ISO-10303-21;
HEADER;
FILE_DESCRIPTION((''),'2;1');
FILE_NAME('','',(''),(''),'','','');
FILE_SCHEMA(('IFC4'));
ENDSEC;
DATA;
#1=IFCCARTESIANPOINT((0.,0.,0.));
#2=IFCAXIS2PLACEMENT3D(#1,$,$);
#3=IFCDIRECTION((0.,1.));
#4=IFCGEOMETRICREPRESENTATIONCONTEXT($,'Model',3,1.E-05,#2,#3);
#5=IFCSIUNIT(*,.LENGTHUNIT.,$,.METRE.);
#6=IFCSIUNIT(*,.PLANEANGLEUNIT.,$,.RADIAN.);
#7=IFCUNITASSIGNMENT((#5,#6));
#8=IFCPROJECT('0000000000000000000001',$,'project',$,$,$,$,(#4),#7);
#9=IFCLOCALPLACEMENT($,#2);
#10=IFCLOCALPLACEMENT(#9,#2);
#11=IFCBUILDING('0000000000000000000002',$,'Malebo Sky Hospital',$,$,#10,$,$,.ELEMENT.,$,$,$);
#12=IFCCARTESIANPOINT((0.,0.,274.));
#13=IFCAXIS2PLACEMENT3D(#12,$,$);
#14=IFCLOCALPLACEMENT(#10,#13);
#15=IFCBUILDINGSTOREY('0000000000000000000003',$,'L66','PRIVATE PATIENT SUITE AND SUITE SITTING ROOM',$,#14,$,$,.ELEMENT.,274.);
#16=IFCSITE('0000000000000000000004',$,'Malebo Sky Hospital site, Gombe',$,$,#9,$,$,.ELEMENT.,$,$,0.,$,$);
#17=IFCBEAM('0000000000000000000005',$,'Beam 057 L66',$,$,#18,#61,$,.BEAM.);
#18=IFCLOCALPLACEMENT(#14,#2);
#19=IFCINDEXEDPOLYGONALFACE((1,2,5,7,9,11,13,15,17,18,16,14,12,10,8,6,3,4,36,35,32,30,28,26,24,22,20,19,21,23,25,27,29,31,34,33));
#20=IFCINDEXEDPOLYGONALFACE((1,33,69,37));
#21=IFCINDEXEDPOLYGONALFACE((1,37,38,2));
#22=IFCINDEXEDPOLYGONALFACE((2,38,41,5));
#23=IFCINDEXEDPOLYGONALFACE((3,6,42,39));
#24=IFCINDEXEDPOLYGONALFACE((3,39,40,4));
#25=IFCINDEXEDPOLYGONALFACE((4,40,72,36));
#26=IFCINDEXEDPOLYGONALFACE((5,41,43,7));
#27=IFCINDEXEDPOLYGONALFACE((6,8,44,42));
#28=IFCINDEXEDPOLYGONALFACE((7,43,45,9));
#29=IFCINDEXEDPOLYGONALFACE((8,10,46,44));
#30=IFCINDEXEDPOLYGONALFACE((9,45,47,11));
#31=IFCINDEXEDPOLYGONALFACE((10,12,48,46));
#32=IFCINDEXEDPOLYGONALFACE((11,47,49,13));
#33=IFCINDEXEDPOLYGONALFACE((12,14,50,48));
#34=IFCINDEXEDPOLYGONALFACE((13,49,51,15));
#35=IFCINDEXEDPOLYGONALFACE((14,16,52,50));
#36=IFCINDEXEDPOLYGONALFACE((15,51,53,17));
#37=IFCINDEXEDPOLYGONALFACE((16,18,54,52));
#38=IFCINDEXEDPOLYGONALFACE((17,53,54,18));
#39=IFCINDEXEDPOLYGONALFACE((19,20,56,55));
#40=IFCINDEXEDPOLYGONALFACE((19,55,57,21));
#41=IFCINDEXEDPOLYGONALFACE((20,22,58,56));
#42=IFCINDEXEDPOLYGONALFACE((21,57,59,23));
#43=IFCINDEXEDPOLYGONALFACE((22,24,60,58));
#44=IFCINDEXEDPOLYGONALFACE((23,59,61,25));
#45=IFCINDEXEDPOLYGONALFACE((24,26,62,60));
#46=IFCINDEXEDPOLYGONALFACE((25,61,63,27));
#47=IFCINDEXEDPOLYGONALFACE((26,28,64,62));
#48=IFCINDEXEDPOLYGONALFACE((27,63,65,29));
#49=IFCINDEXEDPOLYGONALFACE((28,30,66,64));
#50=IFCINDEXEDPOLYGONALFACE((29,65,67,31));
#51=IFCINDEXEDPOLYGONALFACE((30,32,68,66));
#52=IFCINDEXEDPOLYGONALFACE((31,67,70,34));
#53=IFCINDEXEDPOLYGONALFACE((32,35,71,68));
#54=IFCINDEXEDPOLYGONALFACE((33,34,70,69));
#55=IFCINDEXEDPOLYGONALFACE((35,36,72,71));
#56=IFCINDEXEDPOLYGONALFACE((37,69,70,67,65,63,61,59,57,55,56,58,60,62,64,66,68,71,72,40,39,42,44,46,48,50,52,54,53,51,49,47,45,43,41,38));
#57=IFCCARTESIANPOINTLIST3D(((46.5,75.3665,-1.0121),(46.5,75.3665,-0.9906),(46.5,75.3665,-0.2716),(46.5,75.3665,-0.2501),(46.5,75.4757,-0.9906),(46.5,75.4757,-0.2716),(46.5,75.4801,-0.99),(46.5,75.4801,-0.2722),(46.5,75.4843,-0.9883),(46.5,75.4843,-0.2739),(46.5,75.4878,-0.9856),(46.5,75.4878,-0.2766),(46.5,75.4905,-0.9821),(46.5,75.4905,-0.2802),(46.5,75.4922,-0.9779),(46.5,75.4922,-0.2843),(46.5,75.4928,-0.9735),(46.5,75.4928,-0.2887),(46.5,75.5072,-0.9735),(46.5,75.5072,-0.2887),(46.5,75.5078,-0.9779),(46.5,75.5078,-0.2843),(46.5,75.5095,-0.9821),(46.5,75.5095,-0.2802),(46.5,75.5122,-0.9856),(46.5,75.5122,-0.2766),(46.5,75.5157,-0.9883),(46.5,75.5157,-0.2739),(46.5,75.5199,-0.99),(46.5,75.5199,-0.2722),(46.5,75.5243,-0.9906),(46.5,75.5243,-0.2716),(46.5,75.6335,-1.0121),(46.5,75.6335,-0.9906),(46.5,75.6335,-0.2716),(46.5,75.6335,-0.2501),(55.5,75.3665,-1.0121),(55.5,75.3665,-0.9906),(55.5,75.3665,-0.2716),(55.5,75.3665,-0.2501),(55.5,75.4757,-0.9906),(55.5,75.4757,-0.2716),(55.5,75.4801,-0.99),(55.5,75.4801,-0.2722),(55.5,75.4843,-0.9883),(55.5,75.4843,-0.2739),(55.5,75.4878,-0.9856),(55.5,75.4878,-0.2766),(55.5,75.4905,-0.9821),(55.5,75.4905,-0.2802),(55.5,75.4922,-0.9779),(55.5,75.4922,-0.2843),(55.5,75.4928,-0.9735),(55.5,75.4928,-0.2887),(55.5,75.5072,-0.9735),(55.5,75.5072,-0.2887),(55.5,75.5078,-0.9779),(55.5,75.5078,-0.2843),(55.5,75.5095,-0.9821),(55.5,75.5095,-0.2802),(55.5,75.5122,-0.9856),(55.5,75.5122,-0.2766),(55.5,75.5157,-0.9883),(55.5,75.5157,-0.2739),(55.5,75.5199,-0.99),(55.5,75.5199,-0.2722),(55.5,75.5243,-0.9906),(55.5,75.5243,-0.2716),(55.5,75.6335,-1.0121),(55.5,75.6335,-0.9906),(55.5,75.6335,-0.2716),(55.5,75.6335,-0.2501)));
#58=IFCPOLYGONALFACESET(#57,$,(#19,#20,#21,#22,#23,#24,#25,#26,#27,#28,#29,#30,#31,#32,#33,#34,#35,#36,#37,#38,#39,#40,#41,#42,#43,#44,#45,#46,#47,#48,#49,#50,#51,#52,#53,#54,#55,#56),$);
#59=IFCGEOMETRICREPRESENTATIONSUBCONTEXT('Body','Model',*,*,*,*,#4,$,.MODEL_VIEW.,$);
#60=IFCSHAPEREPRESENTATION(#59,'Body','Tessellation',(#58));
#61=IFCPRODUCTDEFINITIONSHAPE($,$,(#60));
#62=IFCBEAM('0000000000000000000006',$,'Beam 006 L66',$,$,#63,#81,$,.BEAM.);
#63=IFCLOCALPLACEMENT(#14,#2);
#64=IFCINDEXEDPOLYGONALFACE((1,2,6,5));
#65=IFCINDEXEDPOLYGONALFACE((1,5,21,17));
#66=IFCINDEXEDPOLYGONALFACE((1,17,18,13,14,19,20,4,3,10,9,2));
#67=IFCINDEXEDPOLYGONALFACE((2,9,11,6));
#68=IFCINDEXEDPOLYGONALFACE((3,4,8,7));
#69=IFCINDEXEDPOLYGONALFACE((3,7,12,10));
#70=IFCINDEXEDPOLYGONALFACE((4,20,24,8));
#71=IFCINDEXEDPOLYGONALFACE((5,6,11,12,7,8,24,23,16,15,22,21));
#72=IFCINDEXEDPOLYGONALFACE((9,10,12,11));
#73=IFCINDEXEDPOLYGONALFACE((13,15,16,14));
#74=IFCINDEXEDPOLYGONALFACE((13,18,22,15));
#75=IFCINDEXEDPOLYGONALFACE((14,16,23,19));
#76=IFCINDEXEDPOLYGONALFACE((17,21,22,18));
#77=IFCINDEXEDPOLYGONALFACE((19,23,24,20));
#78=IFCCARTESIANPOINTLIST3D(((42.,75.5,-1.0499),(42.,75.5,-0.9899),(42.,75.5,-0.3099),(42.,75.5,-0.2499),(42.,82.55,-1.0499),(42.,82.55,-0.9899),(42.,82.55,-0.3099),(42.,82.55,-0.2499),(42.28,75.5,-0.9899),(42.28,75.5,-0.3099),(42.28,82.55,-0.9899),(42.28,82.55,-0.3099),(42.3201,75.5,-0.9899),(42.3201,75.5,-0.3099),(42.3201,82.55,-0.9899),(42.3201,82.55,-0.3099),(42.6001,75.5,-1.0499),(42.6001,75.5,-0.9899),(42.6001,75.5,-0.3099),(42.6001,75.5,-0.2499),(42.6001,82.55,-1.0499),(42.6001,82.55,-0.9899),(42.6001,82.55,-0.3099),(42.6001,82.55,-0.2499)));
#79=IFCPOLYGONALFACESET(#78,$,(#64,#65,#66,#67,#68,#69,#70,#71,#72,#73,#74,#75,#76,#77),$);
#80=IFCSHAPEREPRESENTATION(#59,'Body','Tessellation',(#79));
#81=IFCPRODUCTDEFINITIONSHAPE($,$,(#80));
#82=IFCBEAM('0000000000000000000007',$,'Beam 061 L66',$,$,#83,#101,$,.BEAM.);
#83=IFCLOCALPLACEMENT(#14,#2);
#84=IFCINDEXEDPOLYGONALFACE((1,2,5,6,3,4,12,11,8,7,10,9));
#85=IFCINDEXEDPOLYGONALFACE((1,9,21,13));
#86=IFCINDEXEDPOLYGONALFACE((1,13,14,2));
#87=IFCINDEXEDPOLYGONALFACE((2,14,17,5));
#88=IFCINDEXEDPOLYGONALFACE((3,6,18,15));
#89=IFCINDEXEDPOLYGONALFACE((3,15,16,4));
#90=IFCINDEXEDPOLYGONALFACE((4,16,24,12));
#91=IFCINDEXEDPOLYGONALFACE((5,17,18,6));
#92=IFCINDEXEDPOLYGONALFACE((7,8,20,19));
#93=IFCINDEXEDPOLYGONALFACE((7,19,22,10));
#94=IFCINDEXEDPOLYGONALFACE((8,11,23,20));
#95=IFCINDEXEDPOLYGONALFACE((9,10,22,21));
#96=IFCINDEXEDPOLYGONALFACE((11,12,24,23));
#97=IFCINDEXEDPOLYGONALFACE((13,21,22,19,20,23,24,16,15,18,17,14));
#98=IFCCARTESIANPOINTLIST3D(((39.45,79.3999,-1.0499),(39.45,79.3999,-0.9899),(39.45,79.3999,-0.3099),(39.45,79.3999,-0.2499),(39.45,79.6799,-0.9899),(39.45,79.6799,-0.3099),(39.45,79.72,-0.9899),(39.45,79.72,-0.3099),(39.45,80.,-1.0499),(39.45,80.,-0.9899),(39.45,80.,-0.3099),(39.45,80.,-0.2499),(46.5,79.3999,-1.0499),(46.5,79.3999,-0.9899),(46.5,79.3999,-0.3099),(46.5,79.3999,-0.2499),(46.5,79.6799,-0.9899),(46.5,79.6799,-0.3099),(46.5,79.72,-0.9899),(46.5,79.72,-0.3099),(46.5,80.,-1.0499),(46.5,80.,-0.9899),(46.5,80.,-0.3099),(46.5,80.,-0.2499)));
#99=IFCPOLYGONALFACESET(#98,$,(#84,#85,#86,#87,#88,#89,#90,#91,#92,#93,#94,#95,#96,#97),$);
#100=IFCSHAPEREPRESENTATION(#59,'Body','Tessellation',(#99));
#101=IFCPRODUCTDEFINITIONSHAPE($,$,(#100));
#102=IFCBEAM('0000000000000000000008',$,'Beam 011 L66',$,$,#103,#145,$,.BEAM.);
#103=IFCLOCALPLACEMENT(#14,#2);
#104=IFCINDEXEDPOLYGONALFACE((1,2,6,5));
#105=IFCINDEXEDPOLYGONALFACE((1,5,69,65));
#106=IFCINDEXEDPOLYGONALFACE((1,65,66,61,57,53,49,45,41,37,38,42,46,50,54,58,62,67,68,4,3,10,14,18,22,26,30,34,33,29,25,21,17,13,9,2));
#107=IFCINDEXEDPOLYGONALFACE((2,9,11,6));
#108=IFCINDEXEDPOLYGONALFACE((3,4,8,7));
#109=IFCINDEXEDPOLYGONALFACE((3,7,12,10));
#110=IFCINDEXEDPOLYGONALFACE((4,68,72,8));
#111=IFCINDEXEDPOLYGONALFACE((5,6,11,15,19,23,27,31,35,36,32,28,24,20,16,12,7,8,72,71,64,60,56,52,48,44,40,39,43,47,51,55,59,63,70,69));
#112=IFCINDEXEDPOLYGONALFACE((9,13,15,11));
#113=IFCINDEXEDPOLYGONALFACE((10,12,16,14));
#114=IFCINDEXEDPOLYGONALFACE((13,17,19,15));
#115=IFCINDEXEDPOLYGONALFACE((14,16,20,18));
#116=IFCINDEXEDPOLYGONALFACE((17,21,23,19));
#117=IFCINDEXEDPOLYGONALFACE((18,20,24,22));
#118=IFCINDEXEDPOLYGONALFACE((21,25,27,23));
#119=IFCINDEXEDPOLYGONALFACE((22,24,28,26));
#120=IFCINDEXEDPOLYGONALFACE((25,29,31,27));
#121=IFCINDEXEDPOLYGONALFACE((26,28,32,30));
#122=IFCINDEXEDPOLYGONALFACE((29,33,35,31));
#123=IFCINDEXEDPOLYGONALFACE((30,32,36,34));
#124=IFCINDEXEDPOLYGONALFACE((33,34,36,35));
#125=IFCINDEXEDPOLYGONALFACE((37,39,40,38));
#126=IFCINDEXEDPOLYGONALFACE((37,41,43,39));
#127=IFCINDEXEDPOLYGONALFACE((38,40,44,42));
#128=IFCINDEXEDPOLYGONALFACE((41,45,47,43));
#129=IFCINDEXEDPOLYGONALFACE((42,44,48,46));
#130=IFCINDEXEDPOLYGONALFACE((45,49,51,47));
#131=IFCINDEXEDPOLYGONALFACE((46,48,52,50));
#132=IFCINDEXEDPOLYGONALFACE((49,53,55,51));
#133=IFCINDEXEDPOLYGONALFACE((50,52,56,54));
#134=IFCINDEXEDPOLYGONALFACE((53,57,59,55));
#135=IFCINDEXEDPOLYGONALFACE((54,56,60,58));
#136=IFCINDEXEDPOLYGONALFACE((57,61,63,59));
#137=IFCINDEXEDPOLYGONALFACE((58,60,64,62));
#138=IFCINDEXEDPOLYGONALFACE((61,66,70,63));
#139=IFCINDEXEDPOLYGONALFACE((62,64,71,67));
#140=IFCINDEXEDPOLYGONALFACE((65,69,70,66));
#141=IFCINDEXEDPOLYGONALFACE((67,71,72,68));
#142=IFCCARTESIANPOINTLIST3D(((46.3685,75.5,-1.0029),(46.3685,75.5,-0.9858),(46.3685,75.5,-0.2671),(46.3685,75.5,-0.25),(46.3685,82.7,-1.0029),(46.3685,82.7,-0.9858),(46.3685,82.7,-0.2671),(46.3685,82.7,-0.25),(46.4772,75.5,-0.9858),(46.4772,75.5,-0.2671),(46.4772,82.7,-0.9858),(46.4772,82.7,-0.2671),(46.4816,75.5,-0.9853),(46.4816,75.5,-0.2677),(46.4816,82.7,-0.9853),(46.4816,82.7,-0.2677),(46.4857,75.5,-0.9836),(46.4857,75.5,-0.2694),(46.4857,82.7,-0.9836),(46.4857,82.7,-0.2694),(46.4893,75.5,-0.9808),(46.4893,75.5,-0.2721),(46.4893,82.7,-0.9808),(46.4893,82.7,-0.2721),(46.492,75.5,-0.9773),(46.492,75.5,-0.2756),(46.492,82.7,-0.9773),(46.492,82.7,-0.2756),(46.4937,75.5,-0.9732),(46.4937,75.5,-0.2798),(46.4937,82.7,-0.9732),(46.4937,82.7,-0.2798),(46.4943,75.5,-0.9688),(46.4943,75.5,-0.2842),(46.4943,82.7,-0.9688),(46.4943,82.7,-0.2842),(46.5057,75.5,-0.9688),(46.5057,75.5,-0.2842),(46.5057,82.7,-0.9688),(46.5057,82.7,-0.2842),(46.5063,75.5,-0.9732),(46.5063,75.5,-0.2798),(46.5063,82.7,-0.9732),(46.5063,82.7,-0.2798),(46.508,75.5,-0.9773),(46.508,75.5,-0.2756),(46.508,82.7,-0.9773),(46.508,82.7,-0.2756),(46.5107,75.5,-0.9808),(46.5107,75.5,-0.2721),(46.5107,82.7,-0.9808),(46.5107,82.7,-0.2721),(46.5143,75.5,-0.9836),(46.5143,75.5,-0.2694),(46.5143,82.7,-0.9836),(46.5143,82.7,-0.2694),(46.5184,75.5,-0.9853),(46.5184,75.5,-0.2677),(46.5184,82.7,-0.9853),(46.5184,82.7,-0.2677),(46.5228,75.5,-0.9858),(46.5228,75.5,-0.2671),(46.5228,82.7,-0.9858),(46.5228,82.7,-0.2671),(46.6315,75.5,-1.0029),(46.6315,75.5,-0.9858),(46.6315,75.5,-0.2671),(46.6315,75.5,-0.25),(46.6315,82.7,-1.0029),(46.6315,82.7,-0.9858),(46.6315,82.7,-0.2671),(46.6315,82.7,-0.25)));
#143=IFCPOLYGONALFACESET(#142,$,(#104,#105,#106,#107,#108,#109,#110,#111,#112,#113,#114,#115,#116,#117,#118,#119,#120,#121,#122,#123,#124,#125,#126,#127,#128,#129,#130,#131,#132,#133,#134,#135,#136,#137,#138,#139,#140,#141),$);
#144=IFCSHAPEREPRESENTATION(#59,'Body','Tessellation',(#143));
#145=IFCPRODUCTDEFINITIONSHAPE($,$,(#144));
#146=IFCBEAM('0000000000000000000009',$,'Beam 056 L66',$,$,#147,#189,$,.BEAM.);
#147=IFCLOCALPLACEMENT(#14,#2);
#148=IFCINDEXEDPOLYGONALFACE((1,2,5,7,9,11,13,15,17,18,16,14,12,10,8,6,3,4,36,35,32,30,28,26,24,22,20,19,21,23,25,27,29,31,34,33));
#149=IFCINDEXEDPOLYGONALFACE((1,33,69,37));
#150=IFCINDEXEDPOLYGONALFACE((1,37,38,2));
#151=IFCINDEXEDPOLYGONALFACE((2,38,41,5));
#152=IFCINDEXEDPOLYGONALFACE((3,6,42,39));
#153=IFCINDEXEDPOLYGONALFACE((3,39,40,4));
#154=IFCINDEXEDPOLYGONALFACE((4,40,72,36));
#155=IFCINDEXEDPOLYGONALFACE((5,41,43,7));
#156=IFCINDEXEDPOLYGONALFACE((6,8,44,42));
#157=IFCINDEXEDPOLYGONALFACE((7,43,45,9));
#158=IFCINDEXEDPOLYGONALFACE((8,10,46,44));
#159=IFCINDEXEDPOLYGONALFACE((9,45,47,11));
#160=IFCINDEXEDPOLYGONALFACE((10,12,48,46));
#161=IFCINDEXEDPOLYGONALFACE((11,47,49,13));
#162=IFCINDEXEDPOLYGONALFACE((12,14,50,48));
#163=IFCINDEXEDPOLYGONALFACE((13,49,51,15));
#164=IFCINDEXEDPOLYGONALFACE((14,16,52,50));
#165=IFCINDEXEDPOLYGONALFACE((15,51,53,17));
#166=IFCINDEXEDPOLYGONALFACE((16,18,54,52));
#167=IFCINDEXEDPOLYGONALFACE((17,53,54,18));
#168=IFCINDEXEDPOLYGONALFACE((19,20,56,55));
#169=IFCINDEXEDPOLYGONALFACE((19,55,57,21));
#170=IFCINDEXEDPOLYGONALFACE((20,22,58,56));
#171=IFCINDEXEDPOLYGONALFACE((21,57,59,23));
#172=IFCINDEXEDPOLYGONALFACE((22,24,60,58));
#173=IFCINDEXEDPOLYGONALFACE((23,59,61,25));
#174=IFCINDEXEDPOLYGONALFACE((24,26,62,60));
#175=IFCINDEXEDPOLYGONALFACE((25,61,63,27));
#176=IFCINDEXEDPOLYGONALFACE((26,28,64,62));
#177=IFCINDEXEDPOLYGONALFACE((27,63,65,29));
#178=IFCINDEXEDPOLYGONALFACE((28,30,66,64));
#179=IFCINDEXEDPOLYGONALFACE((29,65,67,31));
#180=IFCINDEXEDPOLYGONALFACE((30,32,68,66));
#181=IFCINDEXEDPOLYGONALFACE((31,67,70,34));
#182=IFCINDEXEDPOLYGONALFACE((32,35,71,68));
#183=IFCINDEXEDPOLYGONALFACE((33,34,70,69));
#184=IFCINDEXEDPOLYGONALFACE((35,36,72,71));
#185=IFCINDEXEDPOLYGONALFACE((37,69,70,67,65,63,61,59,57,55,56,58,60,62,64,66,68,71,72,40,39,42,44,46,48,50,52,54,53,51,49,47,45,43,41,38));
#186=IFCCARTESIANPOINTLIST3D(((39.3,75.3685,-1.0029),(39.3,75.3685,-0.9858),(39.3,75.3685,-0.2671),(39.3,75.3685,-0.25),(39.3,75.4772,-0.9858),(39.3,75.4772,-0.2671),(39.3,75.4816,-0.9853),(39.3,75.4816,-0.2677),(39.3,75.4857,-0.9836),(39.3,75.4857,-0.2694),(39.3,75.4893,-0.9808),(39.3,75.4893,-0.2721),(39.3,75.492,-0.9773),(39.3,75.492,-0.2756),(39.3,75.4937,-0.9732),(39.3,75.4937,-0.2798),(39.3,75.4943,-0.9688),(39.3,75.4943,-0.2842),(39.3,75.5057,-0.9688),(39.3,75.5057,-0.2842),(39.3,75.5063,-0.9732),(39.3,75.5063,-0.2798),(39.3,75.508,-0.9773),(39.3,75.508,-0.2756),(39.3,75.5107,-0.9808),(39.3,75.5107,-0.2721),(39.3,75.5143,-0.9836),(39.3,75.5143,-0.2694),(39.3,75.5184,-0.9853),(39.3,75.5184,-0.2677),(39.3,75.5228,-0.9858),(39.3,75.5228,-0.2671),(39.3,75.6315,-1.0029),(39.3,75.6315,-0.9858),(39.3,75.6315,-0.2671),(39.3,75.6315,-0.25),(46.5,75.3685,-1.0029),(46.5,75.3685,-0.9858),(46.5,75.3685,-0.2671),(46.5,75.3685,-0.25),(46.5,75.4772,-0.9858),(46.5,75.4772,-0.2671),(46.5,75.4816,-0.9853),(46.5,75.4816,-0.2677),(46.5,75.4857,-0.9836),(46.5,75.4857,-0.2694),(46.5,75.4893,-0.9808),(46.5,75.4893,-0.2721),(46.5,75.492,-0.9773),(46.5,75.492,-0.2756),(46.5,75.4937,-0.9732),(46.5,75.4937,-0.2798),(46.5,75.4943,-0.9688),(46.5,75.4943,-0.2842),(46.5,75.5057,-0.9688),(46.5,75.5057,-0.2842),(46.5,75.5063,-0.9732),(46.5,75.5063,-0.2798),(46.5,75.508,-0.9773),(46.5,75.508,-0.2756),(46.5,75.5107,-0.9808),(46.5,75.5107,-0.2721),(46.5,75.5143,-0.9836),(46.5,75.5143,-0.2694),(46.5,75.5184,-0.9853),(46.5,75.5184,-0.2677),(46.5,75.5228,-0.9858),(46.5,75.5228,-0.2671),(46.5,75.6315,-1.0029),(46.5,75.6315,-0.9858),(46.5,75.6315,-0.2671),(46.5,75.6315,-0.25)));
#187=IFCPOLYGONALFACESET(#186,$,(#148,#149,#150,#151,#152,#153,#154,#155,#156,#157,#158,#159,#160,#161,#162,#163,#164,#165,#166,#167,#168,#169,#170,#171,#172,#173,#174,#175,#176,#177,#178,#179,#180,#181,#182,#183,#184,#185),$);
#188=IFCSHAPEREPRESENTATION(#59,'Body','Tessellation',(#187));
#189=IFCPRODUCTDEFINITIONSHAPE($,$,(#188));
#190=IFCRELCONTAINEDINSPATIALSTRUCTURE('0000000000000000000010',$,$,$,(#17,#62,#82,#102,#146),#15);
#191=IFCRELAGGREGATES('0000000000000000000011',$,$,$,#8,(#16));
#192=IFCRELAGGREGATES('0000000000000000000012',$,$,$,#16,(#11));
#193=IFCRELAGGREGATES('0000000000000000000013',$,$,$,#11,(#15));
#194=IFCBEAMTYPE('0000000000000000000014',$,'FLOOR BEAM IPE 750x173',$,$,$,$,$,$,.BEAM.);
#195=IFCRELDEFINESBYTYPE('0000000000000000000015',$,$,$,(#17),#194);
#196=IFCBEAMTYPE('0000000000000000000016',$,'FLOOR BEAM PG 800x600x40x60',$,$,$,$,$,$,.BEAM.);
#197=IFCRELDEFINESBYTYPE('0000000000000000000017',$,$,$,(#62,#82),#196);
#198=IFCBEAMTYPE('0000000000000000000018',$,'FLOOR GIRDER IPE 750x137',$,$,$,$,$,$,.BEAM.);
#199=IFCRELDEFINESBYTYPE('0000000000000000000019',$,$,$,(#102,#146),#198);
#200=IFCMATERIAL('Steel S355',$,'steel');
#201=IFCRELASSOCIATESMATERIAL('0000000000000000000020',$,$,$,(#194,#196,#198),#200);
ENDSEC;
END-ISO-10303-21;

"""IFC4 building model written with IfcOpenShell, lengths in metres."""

from ifc_helpers import new_model, si_unit, direction, frame, origin, origin_2d, place, context, subcontext, project, spatial, i_section, extrude, material, material_profile, profile_set, type_object, element, save


model = new_model("IFC4")

# Units and contexts
model_context = context("Model", 3, precision=1e-05, world=origin(), true_north=direction((0.0, 1.0)))
body_context = subcontext(model_context, "Body", "Model", "MODEL_VIEW")
ifc_project = project(units=[si_unit("LENGTHUNIT", "METRE"), si_unit("PLANEANGLEUNIT", "RADIAN")], contexts=[model_context])

# Site, building, storey
site_placement = place(None, origin())
site = spatial("IfcSite", under=ifc_project, at=site_placement, Name="Malebo Sky Hospital site, Gombe", CompositionType="ELEMENT", RefElevation=0.0)
building_placement = place(site_placement, origin())
building = spatial("IfcBuilding", under=site, at=building_placement, Name="Malebo Sky Hospital", CompositionType="ELEMENT")
storey_placement = place(building_placement, frame((0.0, 0.0, 274.0)))
storey = spatial("IfcBuildingStorey", under=building, at=storey_placement, Name="L66", Description="PRIVATE PATIENT SUITE AND SUITE SITTING ROOM", CompositionType="ELEMENT", Elevation=274.0)

# Beams
ifc_material_1 = material(Name="Steel S355", Category="steel")
ifc_material_profile_1 = material_profile(ifc_material_1, i_section(OverallWidth=0.2671, OverallDepth=0.762, WebThickness=0.0144, FlangeThickness=0.0215, FilletRadius=0.0171, at=origin_2d()), Name="IPE 750x173")
ifc_profile_set_1 = profile_set([ifc_material_profile_1], Name="Steel S355")
beam_type_1 = type_object("IfcBeamType", Name="FLOOR BEAM IPE 750x173", PredefinedType="BEAM", material=ifc_profile_set_1)
beam_1_placement = place(storey_placement, frame((46.5, 75.5, -0.6311), z_axis=(1.0, 0.0, 0.0), x_axis=(0.0, 1.0, 0.0)))
element("IfcBeam", 1, at=beam_1_placement, inside=storey, type_object=beam_type_1, Name="Beam 057 L66", PredefinedType="BEAM", context=body_context, shape_type="SweptSolid", body=[
    extrude(i_section(OverallWidth=0.2671, OverallDepth=0.762, WebThickness=0.0144, FlangeThickness=0.0215, FilletRadius=0.0171, at=origin_2d()), origin(), (0.0, 0.0, 1.0), 9.0),
])
ifc_material_profile_2 = material_profile(ifc_material_1, i_section(OverallWidth=0.6001, OverallDepth=0.8, WebThickness=0.04, FlangeThickness=0.0601, at=origin_2d()), Name="PG 800x600x40x60")
ifc_profile_set_2 = profile_set([ifc_material_profile_2], Name="Steel S355")
beam_type_2 = type_object("IfcBeamType", Name="FLOOR BEAM PG 800x600x40x60", PredefinedType="BEAM", material=ifc_profile_set_2)
for number, where, z_axis, x_axis, name in (
    (2, (42.3, 75.5, -0.6499), (0.0, 1.0, 0.0), (-1.0, 0.0, 0.0), "Beam 006 L66"),
    (3, (39.45, 79.7, -0.6499), (1.0, 0.0, 0.0), (0.0, 1.0, 0.0), "Beam 061 L66"),
):
    element("IfcBeam", number, at=place(storey_placement, frame(where, z_axis=z_axis, x_axis=x_axis)), inside=storey, type_object=beam_type_2, Name=name, PredefinedType="BEAM", context=body_context, shape_type="SweptSolid", body=[
        extrude(i_section(OverallWidth=0.6001, OverallDepth=0.8, WebThickness=0.04, FlangeThickness=0.0601, at=origin_2d()), origin(), (0.0, 0.0, 1.0), 7.05),
    ])
ifc_material_profile_3 = material_profile(ifc_material_1, i_section(OverallWidth=0.2629, OverallDepth=0.7529, WebThickness=0.0115, FlangeThickness=0.0171, FilletRadius=0.0171, at=origin_2d()), Name="IPE 750x137")
ifc_profile_set_3 = profile_set([ifc_material_profile_3], Name="Steel S355")
beam_type_3 = type_object("IfcBeamType", Name="FLOOR GIRDER IPE 750x137", PredefinedType="BEAM", material=ifc_profile_set_3)
for number, where, z_axis, x_axis, name in (
    (4, (46.5, 75.5, -0.6265), (0.0, 1.0, 0.0), (-1.0, 0.0, 0.0), "Beam 011 L66"),
    (5, (39.3, 75.5, -0.6265), (1.0, 0.0, 0.0), (0.0, 1.0, 0.0), "Beam 056 L66"),
):
    element("IfcBeam", number, at=place(storey_placement, frame(where, z_axis=z_axis, x_axis=x_axis)), inside=storey, type_object=beam_type_3, Name=name, PredefinedType="BEAM", context=body_context, shape_type="SweptSolid", body=[
        extrude(i_section(OverallWidth=0.2629, OverallDepth=0.7529, WebThickness=0.0115, FlangeThickness=0.0171, FilletRadius=0.0171, at=origin_2d()), origin(), (0.0, 0.0, 1.0), 7.2),
    ])

save(model, "model.ifc")
